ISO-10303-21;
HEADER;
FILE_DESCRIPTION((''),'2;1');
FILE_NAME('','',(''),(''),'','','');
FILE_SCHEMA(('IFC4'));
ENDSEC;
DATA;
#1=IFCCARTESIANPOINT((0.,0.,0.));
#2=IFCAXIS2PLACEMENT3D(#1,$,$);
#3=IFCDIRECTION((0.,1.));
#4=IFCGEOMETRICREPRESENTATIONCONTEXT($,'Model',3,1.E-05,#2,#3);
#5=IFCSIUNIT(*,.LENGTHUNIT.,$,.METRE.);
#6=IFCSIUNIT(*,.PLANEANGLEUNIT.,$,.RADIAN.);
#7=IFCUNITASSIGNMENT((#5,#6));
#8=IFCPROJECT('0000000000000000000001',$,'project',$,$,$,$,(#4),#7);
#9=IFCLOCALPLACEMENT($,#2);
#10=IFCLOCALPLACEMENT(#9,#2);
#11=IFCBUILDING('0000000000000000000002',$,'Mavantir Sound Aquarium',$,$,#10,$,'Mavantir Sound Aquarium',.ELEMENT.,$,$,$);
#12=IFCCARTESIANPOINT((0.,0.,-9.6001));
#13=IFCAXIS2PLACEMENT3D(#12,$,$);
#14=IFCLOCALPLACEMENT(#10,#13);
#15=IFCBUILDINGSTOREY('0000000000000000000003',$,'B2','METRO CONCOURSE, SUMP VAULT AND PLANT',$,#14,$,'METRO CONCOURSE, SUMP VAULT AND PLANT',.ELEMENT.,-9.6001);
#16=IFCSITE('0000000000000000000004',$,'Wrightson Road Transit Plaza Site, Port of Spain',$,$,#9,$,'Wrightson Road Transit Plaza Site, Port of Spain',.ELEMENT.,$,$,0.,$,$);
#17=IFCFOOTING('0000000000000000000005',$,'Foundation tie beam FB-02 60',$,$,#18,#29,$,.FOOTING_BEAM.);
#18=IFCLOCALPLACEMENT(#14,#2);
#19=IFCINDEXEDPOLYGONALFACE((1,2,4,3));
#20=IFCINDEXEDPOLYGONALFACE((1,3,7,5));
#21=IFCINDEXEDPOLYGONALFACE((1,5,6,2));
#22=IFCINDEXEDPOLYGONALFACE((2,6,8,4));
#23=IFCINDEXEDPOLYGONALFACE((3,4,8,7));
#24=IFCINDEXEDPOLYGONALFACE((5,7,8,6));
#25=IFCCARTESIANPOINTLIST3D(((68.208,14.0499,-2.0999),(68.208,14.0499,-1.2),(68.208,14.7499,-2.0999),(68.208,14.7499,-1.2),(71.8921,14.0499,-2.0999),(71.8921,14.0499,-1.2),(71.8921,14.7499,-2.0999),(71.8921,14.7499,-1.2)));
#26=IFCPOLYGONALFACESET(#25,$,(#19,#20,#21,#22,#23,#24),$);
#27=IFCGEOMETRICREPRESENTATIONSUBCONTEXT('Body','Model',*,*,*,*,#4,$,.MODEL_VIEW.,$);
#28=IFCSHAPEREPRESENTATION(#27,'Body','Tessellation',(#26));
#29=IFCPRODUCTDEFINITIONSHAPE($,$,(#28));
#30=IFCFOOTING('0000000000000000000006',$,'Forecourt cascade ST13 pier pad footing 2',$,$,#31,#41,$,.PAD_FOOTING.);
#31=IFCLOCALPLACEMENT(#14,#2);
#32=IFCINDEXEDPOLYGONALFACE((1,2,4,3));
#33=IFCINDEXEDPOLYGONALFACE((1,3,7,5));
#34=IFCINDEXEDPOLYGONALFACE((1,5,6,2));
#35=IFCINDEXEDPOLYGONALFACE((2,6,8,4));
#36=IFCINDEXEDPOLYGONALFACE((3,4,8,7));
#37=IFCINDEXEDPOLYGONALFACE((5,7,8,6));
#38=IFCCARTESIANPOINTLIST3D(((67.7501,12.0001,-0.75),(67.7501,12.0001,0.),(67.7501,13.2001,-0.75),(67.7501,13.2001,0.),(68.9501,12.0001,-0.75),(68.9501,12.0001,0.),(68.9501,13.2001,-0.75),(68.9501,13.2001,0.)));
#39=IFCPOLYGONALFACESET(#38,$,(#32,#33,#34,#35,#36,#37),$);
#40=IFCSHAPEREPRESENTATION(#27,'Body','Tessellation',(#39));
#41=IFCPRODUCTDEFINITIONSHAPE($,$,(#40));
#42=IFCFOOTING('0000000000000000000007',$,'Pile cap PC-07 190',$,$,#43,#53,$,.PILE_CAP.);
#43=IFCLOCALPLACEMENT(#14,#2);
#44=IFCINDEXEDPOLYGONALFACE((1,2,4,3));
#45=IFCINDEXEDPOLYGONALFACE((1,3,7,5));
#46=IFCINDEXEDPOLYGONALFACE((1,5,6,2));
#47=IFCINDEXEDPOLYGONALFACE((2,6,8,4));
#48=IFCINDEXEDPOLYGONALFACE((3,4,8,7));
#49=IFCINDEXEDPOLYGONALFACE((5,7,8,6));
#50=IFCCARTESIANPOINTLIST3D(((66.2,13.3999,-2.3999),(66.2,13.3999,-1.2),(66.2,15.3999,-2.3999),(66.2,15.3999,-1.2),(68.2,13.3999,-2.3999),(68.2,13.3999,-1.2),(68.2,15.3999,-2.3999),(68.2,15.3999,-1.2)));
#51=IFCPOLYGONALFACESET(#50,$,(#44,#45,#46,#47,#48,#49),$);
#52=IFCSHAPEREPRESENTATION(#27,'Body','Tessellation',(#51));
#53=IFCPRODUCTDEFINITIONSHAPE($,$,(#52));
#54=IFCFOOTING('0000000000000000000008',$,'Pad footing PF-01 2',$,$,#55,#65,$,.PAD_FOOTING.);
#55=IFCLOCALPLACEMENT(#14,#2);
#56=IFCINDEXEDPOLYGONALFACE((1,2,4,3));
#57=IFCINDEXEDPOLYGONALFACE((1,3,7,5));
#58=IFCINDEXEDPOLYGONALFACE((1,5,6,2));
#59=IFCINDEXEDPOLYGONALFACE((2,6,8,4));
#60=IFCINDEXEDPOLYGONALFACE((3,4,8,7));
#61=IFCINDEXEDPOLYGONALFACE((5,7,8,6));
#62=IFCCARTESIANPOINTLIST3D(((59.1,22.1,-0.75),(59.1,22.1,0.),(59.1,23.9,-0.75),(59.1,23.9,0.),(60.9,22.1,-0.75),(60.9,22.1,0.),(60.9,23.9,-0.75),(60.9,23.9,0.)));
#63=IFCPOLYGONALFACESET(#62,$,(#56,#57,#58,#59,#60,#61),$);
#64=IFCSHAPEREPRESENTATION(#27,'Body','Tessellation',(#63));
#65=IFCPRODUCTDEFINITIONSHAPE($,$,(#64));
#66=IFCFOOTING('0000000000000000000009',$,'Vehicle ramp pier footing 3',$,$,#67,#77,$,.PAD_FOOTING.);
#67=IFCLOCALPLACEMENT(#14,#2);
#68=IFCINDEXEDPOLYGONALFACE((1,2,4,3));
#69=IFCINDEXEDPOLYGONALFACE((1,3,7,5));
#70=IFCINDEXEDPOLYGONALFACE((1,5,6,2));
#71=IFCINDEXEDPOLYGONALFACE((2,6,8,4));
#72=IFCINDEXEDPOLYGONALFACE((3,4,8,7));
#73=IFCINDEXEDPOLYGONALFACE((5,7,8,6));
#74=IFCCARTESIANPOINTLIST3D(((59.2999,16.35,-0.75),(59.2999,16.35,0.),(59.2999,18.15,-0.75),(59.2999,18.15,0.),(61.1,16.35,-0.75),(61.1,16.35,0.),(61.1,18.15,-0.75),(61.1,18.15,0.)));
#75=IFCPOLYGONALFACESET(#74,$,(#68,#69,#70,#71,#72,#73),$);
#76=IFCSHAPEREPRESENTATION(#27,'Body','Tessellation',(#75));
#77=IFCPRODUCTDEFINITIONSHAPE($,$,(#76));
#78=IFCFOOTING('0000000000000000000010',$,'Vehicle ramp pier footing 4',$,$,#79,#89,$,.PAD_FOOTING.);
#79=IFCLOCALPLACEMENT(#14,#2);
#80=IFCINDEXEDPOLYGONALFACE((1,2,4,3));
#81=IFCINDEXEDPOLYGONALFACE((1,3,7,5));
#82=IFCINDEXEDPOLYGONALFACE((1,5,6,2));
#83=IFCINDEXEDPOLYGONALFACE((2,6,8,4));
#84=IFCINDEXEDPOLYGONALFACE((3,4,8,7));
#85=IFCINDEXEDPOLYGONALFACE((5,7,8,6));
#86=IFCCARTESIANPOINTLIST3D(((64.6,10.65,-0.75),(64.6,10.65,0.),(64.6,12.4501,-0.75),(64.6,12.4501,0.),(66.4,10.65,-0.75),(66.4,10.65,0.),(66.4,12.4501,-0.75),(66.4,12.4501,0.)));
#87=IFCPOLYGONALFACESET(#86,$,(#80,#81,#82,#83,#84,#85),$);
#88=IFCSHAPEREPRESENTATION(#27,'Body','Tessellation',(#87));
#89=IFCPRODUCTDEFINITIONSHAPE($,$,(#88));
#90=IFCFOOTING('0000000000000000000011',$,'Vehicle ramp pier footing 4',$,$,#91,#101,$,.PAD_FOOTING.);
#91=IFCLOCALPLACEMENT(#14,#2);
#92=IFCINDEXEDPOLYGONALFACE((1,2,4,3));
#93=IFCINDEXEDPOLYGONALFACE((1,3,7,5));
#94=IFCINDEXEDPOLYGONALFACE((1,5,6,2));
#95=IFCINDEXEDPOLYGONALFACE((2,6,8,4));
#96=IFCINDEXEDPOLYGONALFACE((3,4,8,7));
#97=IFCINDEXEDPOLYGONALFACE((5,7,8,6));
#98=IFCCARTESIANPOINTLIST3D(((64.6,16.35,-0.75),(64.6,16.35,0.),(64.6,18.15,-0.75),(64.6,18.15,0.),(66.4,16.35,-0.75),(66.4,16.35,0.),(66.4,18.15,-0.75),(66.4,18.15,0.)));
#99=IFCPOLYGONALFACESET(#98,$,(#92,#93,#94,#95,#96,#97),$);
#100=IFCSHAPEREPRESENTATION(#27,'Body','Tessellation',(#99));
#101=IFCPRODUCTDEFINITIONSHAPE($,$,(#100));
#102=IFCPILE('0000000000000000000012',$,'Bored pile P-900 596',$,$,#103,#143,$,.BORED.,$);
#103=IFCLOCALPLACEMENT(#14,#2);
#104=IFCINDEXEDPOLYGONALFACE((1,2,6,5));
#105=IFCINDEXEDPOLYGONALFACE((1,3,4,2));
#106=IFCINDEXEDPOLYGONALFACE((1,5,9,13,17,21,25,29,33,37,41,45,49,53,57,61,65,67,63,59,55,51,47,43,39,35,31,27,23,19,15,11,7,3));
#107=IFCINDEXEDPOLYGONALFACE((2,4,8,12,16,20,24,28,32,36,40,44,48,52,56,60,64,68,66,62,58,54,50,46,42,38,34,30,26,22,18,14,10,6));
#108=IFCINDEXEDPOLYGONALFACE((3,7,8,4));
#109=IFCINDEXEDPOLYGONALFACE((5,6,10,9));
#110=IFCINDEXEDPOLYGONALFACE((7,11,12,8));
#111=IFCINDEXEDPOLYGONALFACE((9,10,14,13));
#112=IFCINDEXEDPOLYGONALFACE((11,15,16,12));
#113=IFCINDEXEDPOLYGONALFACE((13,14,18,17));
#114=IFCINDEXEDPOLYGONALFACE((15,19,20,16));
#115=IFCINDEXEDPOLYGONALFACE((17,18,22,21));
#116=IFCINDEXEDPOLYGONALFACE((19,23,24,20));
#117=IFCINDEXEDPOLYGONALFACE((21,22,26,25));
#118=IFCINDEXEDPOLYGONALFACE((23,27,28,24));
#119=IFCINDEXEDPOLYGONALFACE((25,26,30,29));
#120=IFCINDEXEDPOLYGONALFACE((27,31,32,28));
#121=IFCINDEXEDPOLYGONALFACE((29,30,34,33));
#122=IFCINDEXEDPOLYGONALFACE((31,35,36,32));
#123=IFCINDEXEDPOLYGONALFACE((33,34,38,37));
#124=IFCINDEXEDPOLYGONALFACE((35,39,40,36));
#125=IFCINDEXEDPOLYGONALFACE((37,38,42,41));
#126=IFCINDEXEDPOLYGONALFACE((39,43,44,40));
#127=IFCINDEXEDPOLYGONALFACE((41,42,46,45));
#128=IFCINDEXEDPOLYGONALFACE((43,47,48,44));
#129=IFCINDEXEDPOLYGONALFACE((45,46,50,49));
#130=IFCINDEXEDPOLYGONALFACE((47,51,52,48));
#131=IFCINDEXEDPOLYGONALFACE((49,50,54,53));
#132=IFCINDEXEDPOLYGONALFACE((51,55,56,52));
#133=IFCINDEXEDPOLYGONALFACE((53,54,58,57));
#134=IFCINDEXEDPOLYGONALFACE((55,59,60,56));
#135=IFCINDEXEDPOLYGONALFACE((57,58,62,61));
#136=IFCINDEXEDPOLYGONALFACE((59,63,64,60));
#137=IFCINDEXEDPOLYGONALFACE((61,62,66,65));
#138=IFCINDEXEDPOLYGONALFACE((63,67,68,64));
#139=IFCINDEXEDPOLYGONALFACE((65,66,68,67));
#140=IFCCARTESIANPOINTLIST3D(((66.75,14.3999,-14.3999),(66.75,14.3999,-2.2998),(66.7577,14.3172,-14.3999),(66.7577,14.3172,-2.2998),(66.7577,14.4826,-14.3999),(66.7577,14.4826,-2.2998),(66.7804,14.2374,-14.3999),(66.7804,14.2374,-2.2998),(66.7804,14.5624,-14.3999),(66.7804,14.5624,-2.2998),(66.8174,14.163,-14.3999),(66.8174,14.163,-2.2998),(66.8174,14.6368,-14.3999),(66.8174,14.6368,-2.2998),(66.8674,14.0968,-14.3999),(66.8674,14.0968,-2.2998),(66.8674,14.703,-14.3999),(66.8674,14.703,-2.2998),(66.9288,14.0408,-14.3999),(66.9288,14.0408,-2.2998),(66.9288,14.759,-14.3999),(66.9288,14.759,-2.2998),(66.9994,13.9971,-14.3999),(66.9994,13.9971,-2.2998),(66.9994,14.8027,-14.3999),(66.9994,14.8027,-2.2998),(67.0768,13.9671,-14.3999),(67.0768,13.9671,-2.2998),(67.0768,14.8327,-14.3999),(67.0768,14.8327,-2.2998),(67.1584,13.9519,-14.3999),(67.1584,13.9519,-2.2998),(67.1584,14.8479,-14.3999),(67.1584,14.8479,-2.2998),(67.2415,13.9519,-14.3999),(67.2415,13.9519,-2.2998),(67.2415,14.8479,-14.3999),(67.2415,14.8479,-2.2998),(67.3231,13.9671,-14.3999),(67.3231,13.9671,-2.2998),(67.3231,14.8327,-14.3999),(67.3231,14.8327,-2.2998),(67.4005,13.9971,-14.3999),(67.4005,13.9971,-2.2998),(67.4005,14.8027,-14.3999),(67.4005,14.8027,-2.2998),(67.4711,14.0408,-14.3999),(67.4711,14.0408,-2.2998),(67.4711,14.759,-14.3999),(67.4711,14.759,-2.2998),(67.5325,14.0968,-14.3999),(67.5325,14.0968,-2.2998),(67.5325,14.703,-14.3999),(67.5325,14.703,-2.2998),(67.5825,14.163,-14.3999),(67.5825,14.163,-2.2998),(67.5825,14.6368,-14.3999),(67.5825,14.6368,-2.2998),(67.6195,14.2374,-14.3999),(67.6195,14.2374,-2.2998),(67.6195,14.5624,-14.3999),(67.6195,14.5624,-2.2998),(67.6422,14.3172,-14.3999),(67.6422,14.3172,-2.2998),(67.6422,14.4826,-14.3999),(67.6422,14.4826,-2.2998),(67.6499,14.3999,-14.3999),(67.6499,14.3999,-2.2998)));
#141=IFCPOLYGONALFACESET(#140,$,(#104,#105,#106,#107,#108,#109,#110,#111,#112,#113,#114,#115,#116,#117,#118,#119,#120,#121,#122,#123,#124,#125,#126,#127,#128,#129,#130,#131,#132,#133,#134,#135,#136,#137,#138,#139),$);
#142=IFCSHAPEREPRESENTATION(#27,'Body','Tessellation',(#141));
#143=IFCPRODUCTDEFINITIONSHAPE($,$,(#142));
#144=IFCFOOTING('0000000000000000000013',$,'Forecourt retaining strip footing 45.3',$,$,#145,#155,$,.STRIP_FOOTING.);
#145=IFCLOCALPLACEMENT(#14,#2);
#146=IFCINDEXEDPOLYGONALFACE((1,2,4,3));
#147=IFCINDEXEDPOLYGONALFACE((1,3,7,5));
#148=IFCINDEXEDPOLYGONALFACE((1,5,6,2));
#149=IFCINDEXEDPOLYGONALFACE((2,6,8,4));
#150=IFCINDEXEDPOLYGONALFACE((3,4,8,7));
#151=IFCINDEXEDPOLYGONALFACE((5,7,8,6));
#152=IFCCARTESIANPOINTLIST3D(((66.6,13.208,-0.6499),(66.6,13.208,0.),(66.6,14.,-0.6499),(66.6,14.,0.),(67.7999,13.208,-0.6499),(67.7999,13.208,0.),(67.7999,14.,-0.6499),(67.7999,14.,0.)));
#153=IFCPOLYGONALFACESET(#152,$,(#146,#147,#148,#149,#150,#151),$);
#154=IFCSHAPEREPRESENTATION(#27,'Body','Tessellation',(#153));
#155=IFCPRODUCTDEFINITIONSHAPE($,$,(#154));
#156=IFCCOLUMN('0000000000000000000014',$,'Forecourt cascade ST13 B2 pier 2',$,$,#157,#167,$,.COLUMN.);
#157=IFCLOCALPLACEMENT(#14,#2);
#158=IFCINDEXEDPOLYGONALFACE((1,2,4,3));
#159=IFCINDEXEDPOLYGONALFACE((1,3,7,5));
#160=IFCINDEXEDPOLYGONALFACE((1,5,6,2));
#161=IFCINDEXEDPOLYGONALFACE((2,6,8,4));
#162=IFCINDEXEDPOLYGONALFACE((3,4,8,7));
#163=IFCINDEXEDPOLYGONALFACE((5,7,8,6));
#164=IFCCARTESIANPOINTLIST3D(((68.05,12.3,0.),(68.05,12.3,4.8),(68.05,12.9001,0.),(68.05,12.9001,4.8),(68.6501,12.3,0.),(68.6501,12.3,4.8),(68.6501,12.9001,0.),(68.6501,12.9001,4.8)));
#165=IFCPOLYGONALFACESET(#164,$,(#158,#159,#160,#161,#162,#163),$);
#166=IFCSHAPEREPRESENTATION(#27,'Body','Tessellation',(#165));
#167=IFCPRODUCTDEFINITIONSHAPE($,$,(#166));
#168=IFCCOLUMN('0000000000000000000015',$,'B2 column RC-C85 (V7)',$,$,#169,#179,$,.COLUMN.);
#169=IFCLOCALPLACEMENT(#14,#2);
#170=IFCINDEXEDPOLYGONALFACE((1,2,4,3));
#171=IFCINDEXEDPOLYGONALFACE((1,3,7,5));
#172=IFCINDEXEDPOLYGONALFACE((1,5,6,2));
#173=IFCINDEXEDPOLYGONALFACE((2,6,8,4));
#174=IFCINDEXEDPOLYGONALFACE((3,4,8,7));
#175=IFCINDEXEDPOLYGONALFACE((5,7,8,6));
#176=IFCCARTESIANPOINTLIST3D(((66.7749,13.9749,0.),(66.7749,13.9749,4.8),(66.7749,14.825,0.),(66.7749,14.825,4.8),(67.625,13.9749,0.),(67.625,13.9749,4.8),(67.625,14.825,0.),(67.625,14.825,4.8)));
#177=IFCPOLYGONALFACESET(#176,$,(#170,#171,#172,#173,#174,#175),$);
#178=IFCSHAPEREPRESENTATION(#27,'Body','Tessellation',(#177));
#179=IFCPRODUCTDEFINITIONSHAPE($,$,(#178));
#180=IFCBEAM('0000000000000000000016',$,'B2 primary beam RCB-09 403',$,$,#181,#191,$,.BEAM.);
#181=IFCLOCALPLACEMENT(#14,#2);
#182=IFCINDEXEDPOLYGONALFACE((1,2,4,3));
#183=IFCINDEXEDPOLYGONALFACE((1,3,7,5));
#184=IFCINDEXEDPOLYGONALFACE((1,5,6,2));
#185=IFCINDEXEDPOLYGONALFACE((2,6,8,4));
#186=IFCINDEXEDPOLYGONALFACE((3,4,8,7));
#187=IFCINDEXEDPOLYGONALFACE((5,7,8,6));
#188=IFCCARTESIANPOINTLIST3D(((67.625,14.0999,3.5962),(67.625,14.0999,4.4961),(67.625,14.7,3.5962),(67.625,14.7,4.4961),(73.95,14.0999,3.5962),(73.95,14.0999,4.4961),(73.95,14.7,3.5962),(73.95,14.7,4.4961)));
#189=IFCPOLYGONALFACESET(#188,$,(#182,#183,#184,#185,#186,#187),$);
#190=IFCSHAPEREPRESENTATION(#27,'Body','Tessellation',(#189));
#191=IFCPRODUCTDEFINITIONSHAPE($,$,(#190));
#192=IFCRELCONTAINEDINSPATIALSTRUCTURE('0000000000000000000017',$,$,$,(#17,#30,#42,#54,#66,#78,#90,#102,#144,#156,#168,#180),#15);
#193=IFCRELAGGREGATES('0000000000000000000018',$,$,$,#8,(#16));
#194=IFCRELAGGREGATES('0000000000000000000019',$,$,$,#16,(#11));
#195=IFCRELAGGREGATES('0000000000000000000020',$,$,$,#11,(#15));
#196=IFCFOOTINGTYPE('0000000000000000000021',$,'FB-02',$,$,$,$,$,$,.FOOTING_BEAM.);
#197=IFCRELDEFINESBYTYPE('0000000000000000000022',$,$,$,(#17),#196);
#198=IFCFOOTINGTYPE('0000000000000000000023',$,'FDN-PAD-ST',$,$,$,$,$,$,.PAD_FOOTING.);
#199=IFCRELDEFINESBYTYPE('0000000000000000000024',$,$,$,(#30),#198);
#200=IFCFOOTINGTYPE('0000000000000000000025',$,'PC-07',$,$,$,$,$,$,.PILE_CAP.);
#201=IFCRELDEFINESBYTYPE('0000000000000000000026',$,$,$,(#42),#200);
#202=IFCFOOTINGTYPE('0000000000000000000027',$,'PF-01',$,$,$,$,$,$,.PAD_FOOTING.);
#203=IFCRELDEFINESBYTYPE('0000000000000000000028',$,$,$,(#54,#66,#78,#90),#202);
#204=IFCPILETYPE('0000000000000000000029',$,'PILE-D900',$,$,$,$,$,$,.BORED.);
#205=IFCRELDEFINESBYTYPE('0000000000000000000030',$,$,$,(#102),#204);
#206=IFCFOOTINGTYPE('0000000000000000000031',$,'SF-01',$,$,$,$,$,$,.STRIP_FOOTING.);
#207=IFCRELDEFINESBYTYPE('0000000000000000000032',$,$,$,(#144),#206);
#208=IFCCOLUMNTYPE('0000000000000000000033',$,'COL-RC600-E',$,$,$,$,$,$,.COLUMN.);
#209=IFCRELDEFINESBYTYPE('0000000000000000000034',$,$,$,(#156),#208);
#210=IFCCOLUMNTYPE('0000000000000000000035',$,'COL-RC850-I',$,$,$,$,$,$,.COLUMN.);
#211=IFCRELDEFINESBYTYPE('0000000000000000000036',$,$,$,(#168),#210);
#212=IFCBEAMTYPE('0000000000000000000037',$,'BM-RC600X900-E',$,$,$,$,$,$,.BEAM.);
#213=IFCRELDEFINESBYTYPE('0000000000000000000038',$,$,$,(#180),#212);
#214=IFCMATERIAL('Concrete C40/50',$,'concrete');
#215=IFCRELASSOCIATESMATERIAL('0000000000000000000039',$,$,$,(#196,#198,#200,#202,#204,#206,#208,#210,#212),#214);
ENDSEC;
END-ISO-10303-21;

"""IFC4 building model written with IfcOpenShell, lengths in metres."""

from ifc_helpers import new_model, si_unit, direction, frame, origin, origin_2d, place, context, subcontext, project, spatial, rectangle, circle, extrude, material, material_profile, profile_set, type_object, element, save


model = new_model("IFC4")

# Units and contexts
model_context = context("Model", 3, precision=1e-05, world=origin(), true_north=direction((0.0, 1.0)))
body_context = subcontext(model_context, "Body", "Model", "MODEL_VIEW")
ifc_project = project(units=[si_unit("LENGTHUNIT", "METRE"), si_unit("PLANEANGLEUNIT", "RADIAN")], contexts=[model_context])

# Site, building, storey
site_placement = place(None, origin())
site = spatial("IfcSite", under=ifc_project, at=site_placement, Name="Wrightson Road Transit Plaza Site, Port of Spain", LongName="Wrightson Road Transit Plaza Site, Port of Spain", CompositionType="ELEMENT", RefElevation=0.0)
building_placement = place(site_placement, origin())
building = spatial("IfcBuilding", under=site, at=building_placement, Name="Mavantir Sound Aquarium", LongName="Mavantir Sound Aquarium", CompositionType="ELEMENT")
storey_placement = place(building_placement, frame((0.0, 0.0, -9.6001)))
storey = spatial("IfcBuildingStorey", under=building, at=storey_placement, Name="B2", Description="METRO CONCOURSE, SUMP VAULT AND PLANT", LongName="METRO CONCOURSE, SUMP VAULT AND PLANT", CompositionType="ELEMENT", Elevation=-9.6001)

# Footings
ifc_material_1 = material(Name="Concrete C40/50", Category="concrete")
ifc_material_profile_1 = material_profile(ifc_material_1, rectangle(XDim=0.7, YDim=0.8999, at=origin_2d()), Name="RC 700X900")
ifc_profile_set_1 = profile_set([ifc_material_profile_1], Name="Concrete C40/50")
footing_type_1 = type_object("IfcFootingType", Name="FB-02", PredefinedType="FOOTING_BEAM", material=ifc_profile_set_1)
footing_1_placement = place(storey_placement, frame((68.208, 14.3999, -1.6499), z_axis=(1.0, 0.0, 0.0), x_axis=(0.0, 1.0, 0.0)))
element("IfcFooting", 1, at=footing_1_placement, inside=storey, type_object=footing_type_1, Name="Foundation tie beam FB-02 60", PredefinedType="FOOTING_BEAM", context=body_context, shape_type="SweptSolid", body=[
    extrude(rectangle(XDim=0.7, YDim=0.8999, at=origin_2d()), origin(), (0.0, 0.0, 1.0), 3.6841),
])
footing_type_2 = type_object("IfcFootingType", Name="FDN-PAD-ST", PredefinedType="PAD_FOOTING", material=ifc_material_1)
footing_2_placement = place(storey_placement, frame((68.3501, 12.6001, -0.75), z_axis=(0.0, 0.0, 1.0), x_axis=(1.0, 0.0, 0.0)))
element("IfcFooting", 2, at=footing_2_placement, inside=storey, type_object=footing_type_2, Name="Forecourt cascade ST13 pier pad footing 2", PredefinedType="PAD_FOOTING", context=body_context, shape_type="SweptSolid", body=[
    extrude(rectangle(XDim=1.2, YDim=1.2, at=origin_2d()), origin(), (0.0, 0.0, 1.0), 0.75),
])
footing_type_3 = type_object("IfcFootingType", Name="PC-07", PredefinedType="PILE_CAP", material=ifc_material_1)
footing_3_placement = place(storey_placement, frame((67.2, 14.3999, -2.3999), z_axis=(0.0, 0.0, 1.0), x_axis=(1.0, 0.0, 0.0)))
element("IfcFooting", 3, at=footing_3_placement, inside=storey, type_object=footing_type_3, Name="Pile cap PC-07 190", PredefinedType="PILE_CAP", context=body_context, shape_type="SweptSolid", body=[
    extrude(rectangle(XDim=2.0, YDim=2.0, at=origin_2d()), origin(), (0.0, 0.0, 1.0), 1.2),
])
footing_type_4 = type_object("IfcFootingType", Name="PF-01", PredefinedType="PAD_FOOTING", material=ifc_material_1)
for number, where, z_axis, x_axis, name in (
    (4, (60.0, 23.0, -0.75), (0.0, 0.0, 1.0), (1.0, 0.0, 0.0), "Pad footing PF-01 2"),
    (5, (60.2, 17.25, -0.75), (0.0, 0.0, 1.0), (1.0, 0.0, 0.0), "Vehicle ramp pier footing 3"),
    (6, (65.5, 11.55, -0.75), (0.0, 0.0, 1.0), (1.0, 0.0, 0.0), "Vehicle ramp pier footing 4"),
    (7, (65.5, 17.25, -0.75), (0.0, 0.0, 1.0), (1.0, 0.0, 0.0), "Vehicle ramp pier footing 4"),
):
    element("IfcFooting", number, at=place(storey_placement, frame(where, z_axis=z_axis, x_axis=x_axis)), inside=storey, type_object=footing_type_4, Name=name, PredefinedType="PAD_FOOTING", context=body_context, shape_type="SweptSolid", body=[
        extrude(rectangle(XDim=1.8, YDim=1.8, at=origin_2d()), origin(), (0.0, 0.0, 1.0), 0.75),
    ])

# Pile
ifc_material_profile_2 = material_profile(ifc_material_1, circle(Radius=0.45, at=origin_2d()), Name="PILE D900")
ifc_profile_set_2 = profile_set([ifc_material_profile_2], Name="Concrete C40/50")
pile_type = type_object("IfcPileType", Name="PILE-D900", PredefinedType="BORED", material=ifc_profile_set_2)
pile_placement = place(storey_placement, frame((67.2, 14.3999, -2.2998), z_axis=(0.0, 0.0, -1.0), x_axis=(1.0, 0.0, 0.0)))
element("IfcPile", 8, at=pile_placement, inside=storey, type_object=pile_type, Name="Bored pile P-900 596", PredefinedType="BORED", context=body_context, shape_type="SweptSolid", body=[
    extrude(circle(Radius=0.45, at=origin_2d()), origin(), (0.0, 0.0, 1.0), 12.1001),
])

# Footing
ifc_material_profile_3 = material_profile(ifc_material_1, rectangle(XDim=1.2, YDim=0.6499, at=origin_2d()), Name="RC 1200X650")
ifc_profile_set_3 = profile_set([ifc_material_profile_3], Name="Concrete C40/50")
footing_type_5 = type_object("IfcFootingType", Name="SF-01", PredefinedType="STRIP_FOOTING", material=ifc_profile_set_3)
footing_4_placement = place(storey_placement, frame((67.2, 13.208, -0.325), z_axis=(0.0, 1.0, 0.0), x_axis=(-1.0, 0.0, 0.0)))
element("IfcFooting", 9, at=footing_4_placement, inside=storey, type_object=footing_type_5, Name="Forecourt retaining strip footing 45.3", PredefinedType="STRIP_FOOTING", context=body_context, shape_type="SweptSolid", body=[
    extrude(rectangle(XDim=1.2, YDim=0.6499, at=origin_2d()), origin(), (0.0, 0.0, 1.0), 0.792),
])

# Columns
ifc_material_profile_4 = material_profile(ifc_material_1, rectangle(XDim=0.6001, YDim=0.6001, at=origin_2d()), Name="RC 600X600")
ifc_profile_set_4 = profile_set([ifc_material_profile_4], Name="Concrete C40/50")
column_type_1 = type_object("IfcColumnType", Name="COL-RC600-E", PredefinedType="COLUMN", material=ifc_profile_set_4)
column_1_placement = place(storey_placement, frame((68.3501, 12.6001, 0.0), z_axis=(0.0, 0.0, 1.0), x_axis=(1.0, 0.0, 0.0)))
element("IfcColumn", 10, at=column_1_placement, inside=storey, type_object=column_type_1, Name="Forecourt cascade ST13 B2 pier 2", PredefinedType="COLUMN", context=body_context, shape_type="SweptSolid", body=[
    extrude(rectangle(XDim=0.6001, YDim=0.6001, at=origin_2d()), origin(), (0.0, 0.0, 1.0), 4.8),
])
ifc_material_profile_5 = material_profile(ifc_material_1, rectangle(XDim=0.8501, YDim=0.8501, at=origin_2d()), Name="RC 850X850")
ifc_profile_set_5 = profile_set([ifc_material_profile_5], Name="Concrete C40/50")
column_type_2 = type_object("IfcColumnType", Name="COL-RC850-I", PredefinedType="COLUMN", material=ifc_profile_set_5)
column_2_placement = place(storey_placement, frame((67.2, 14.3999, 0.0), z_axis=(0.0, 0.0, 1.0), x_axis=(1.0, 0.0, 0.0)))
element("IfcColumn", 11, at=column_2_placement, inside=storey, type_object=column_type_2, Name="B2 column RC-C85 (V7)", PredefinedType="COLUMN", context=body_context, shape_type="SweptSolid", body=[
    extrude(rectangle(XDim=0.8501, YDim=0.8501, at=origin_2d()), origin(), (0.0, 0.0, 1.0), 4.8),
])

# Beam
ifc_material_profile_6 = material_profile(ifc_material_1, rectangle(XDim=0.6001, YDim=0.8999, at=origin_2d()), Name="RC 600X900")
ifc_profile_set_6 = profile_set([ifc_material_profile_6], Name="Concrete C40/50")
beam_type_1 = type_object("IfcBeamType", Name="BM-RC600X900-E", PredefinedType="BEAM", material=ifc_profile_set_6)
beam_1_placement = place(storey_placement, frame((67.625, 14.3999, 4.0461), z_axis=(1.0, 0.0, 0.0), x_axis=(0.0, 1.0, 0.0)))
element("IfcBeam", 12, at=beam_1_placement, inside=storey, type_object=beam_type_1, Name="B2 primary beam RCB-09 403", PredefinedType="BEAM", context=body_context, shape_type="SweptSolid", body=[
    extrude(rectangle(XDim=0.6001, YDim=0.8999, at=origin_2d()), origin(), (0.0, 0.0, 1.0), 6.325),
])

save(model, "model.ifc")
